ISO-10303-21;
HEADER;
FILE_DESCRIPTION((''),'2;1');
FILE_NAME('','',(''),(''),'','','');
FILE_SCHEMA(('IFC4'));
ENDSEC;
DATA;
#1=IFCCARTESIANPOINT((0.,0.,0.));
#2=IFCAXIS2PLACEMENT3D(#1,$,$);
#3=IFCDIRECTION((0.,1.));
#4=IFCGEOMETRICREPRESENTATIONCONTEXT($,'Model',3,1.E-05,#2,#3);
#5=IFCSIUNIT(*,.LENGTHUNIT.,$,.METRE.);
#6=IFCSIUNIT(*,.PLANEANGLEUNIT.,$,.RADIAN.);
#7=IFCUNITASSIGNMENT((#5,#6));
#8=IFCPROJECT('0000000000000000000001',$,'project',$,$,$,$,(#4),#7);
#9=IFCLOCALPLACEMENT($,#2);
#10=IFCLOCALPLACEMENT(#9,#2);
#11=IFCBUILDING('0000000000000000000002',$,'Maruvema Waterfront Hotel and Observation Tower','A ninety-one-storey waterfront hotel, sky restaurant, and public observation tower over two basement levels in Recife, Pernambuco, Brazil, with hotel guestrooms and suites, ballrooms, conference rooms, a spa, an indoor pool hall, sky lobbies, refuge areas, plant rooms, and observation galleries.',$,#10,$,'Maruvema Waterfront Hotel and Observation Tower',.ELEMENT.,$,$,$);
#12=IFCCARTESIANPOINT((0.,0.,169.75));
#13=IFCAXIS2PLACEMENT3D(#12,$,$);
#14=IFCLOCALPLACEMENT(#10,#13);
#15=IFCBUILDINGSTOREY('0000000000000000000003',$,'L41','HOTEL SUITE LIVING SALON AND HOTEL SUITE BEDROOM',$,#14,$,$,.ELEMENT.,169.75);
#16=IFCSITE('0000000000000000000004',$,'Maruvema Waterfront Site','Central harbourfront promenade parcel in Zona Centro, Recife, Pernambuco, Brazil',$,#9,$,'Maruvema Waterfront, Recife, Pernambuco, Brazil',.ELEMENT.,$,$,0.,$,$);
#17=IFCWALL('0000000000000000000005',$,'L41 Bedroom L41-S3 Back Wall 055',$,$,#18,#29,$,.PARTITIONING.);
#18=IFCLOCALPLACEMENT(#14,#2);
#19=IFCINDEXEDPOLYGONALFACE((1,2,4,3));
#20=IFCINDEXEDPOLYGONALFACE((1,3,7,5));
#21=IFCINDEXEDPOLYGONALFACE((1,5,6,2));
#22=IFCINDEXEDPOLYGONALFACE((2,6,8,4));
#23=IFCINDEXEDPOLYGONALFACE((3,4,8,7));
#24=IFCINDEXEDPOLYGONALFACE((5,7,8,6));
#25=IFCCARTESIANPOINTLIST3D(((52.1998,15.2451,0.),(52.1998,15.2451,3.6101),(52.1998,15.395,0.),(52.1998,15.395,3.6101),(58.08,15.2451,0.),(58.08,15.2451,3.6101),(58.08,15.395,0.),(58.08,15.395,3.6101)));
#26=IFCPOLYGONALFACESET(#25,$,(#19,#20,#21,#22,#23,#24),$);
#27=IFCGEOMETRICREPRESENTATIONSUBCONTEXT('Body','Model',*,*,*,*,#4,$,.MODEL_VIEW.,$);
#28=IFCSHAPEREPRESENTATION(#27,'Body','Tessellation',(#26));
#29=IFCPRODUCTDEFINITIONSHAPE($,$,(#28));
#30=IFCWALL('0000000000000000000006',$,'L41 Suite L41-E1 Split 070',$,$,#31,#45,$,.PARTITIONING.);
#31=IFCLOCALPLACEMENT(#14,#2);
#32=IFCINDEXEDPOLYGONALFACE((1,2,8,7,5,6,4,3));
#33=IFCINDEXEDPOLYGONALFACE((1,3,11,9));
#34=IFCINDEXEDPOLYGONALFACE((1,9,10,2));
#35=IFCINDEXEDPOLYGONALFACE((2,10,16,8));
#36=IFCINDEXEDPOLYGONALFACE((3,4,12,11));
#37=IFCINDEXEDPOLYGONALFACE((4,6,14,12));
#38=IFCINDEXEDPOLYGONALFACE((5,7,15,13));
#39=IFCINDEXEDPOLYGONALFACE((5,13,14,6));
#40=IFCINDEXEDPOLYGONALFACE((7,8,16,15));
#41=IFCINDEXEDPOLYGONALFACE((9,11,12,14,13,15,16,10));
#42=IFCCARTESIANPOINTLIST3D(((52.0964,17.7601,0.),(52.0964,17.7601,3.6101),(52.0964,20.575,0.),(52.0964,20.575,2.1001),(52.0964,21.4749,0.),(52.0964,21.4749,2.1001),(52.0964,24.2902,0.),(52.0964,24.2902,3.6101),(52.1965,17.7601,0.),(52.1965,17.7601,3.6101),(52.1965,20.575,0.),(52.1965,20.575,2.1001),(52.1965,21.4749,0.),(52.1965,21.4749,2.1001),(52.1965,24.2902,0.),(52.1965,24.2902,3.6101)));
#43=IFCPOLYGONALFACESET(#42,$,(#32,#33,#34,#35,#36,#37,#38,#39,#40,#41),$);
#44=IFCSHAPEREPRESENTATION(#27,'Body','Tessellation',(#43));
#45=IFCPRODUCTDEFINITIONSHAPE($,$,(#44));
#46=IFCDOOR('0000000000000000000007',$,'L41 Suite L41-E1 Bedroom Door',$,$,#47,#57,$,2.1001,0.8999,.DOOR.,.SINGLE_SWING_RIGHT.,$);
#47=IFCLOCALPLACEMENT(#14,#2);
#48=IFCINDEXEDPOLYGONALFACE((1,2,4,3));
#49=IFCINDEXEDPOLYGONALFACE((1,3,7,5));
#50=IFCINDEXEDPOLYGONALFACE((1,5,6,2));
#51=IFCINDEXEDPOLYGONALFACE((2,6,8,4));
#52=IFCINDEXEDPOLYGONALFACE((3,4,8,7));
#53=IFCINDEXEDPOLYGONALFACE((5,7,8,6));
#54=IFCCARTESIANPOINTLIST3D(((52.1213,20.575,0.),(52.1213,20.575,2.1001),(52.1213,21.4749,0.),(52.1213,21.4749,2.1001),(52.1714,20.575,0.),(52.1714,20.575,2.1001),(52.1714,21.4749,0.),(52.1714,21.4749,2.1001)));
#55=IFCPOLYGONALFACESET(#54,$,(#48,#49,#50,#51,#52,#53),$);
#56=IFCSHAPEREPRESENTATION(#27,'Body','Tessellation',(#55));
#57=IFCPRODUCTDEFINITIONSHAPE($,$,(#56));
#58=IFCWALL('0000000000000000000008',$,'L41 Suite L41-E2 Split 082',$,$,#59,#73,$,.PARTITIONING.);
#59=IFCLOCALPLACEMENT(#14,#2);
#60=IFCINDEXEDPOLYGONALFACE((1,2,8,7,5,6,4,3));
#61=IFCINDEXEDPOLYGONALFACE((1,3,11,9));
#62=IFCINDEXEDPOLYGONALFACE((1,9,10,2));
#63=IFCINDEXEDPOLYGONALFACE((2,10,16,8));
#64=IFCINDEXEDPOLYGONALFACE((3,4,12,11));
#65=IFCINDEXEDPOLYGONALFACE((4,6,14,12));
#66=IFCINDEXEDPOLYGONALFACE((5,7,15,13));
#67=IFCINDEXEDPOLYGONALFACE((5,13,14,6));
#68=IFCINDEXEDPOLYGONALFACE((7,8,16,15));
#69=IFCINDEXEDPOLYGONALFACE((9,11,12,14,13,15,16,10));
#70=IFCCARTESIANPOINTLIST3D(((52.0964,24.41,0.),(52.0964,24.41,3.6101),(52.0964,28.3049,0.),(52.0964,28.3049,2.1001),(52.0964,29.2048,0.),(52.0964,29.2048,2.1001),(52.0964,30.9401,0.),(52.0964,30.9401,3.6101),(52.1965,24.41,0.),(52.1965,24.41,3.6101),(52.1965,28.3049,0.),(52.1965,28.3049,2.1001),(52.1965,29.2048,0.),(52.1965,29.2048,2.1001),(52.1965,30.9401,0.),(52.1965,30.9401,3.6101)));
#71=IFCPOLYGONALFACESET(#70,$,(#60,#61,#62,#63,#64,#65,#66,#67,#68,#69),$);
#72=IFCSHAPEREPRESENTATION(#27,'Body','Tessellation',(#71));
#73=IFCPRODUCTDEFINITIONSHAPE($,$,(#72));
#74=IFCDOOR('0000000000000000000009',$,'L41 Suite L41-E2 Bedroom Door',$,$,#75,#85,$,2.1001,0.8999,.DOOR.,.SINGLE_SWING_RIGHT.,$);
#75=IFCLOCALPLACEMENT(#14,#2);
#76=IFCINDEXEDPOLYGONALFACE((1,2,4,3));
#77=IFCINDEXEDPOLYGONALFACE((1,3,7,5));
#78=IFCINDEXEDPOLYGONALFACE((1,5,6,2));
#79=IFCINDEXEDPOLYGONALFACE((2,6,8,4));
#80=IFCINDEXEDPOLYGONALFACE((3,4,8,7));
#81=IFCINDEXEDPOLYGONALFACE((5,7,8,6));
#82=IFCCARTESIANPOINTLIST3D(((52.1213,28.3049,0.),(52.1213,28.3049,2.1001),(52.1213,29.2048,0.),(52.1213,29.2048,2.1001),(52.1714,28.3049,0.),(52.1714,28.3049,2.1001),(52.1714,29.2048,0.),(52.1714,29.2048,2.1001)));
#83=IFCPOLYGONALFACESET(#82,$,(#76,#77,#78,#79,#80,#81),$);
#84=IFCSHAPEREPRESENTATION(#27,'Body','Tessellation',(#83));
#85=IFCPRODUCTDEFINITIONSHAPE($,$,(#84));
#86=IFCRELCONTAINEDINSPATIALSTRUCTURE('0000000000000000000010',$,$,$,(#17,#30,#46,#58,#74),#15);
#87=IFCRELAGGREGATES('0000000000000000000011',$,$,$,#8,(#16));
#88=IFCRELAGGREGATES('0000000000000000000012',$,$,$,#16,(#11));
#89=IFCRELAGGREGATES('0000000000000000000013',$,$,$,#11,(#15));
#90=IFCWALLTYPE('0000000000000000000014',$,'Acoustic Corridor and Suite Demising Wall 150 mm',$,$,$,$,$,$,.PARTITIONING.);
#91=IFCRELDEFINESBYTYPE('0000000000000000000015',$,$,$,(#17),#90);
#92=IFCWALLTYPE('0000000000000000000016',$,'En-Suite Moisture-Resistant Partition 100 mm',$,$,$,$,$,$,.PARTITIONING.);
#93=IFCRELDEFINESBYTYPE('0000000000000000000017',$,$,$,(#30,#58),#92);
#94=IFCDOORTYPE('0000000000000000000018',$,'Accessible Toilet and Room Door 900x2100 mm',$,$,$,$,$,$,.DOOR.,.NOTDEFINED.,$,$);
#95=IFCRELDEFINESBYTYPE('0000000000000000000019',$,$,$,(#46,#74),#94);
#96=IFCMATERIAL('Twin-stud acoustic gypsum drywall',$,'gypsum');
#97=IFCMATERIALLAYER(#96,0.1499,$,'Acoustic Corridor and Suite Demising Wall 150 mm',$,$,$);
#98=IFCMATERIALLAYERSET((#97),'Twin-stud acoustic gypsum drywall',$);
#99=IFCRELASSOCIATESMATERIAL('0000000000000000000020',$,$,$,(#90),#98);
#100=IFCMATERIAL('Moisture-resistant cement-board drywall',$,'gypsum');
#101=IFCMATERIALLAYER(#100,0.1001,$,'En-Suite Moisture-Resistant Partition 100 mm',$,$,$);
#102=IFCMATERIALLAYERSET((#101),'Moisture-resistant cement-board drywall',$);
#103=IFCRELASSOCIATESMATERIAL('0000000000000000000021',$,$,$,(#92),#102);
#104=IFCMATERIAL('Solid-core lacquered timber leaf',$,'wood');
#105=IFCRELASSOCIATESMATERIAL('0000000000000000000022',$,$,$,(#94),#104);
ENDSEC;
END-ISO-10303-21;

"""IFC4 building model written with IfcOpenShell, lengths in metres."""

from ifc_helpers import new_model, si_unit, direction, frame, frame_2d, origin, place, context, subcontext, project, spatial, rectangle, extrude, material, layer, layer_set, type_object, element, fill, save


model = new_model("IFC4")

# Units and contexts
model_context = context("Model", 3, precision=1e-05, world=origin(), true_north=direction((0.0, 1.0)))
body_context = subcontext(model_context, "Body", "Model", "MODEL_VIEW")
ifc_project = project(units=[si_unit("LENGTHUNIT", "METRE"), si_unit("PLANEANGLEUNIT", "RADIAN")], contexts=[model_context])

# Site, building, storey
site_placement = place(None, origin())
site = spatial("IfcSite", under=ifc_project, at=site_placement, Name="Maruvema Waterfront Site", Description="Central harbourfront promenade parcel in Zona Centro, Recife, Pernambuco, Brazil", LongName="Maruvema Waterfront, Recife, Pernambuco, Brazil", CompositionType="ELEMENT", RefElevation=0.0)
building_placement = place(site_placement, origin())
building = spatial("IfcBuilding", under=site, at=building_placement, Name="Maruvema Waterfront Hotel and Observation Tower", Description="A ninety-one-storey waterfront hotel, sky restaurant, and public observation tower over two basement levels in Recife, Pernambuco, Brazil, with hotel guestrooms and suites, ballrooms, conference rooms, a spa, an indoor pool hall, sky lobbies, refuge areas, plant rooms, and observation galleries.", LongName="Maruvema Waterfront Hotel and Observation Tower", CompositionType="ELEMENT")
storey_placement = place(building_placement, frame((0.0, 0.0, 169.75)))
storey = spatial("IfcBuildingStorey", under=building, at=storey_placement, Name="L41", Description="HOTEL SUITE LIVING SALON AND HOTEL SUITE BEDROOM", CompositionType="ELEMENT", Elevation=169.75)

# Shared definitions
ifc_material_1 = material(Name="Twin-stud acoustic gypsum drywall", Category="gypsum")
ifc_layer_1 = layer(ifc_material_1, 0.1499, Name="Acoustic Corridor and Suite Demising Wall 150 mm")
ifc_layer_set_1 = layer_set([ifc_layer_1], Name="Twin-stud acoustic gypsum drywall")
wall_type_1 = type_object("IfcWallType", Name="Acoustic Corridor and Suite Demising Wall 150 mm", PredefinedType="PARTITIONING", material=ifc_layer_set_1)

# Wall
wall_1_placement = place(storey_placement, frame((52.2, 15.3201, 0.0), z_axis=(0.0, 0.0, 1.0), x_axis=(1.0, 0.0, 0.0)))
element("IfcWall", 1, at=wall_1_placement, inside=storey, type_object=wall_type_1, Name="L41 Bedroom L41-S3 Back Wall 055", PredefinedType="PARTITIONING", context=body_context, shape_type="SweptSolid", body=[
    extrude(rectangle(XDim=5.8801, YDim=0.1499, at=frame_2d((2.9399, 0.0))), origin(), (0.0, 0.0, 1.0), 3.6101),
])

# Walls, openings, doors
ifc_material_2 = material(Name="Moisture-resistant cement-board drywall", Category="gypsum")
ifc_layer_2 = layer(ifc_material_2, 0.1001, Name="En-Suite Moisture-Resistant Partition 100 mm")
ifc_layer_set_2 = layer_set([ifc_layer_2], Name="Moisture-resistant cement-board drywall")
wall_type_2 = type_object("IfcWallType", Name="En-Suite Moisture-Resistant Partition 100 mm", PredefinedType="PARTITIONING", material=ifc_layer_set_2)
wall_2_placement = place(storey_placement, frame((52.1465, 17.76, 0.0), z_axis=(0.0, 0.0, 1.0), x_axis=(0.0, 1.0, 0.0)))
wall_2 = element("IfcWall", 2, at=wall_2_placement, inside=storey, type_object=wall_type_2, Name="L41 Suite L41-E1 Split 070", PredefinedType="PARTITIONING", context=body_context, shape_type="SweptSolid", body=[
    extrude(rectangle(XDim=6.53, YDim=0.1001, at=frame_2d((3.2651, 0.0))), origin(), (0.0, 0.0, 1.0), 3.6101),
])
opening_1_placement = place(wall_2_placement, frame((2.8149, 0.0, 0.0)))
opening_1 = element("IfcOpeningElement", 3, at=opening_1_placement, cuts=wall_2, PredefinedType="OPENING", context=body_context, shape_type="SweptSolid", body=[
    extrude(rectangle(XDim=0.8999, YDim=2.1001, at=frame_2d((0.45, 1.05))), frame((0.0, 0.0601, 0.0), z_axis=(0.0, -1.0, 0.0), x_axis=(1.0, 0.0, 0.0)), (0.0, 0.0, 1.0), 0.1201),
])
ifc_material_3 = material(Name="Solid-core lacquered timber leaf", Category="wood")
door_type_1 = type_object("IfcDoorType", Name="Accessible Toilet and Room Door 900x2100 mm", OperationType="NOTDEFINED", PredefinedType="DOOR", material=ifc_material_3)
door_1_placement = place(opening_1_placement, frame((0.8999, 0.0, 0.0), z_axis=(0.0, 0.0, 1.0), x_axis=(-1.0, 0.0, 0.0)))
door_1 = element("IfcDoor", 4, at=door_1_placement, inside=storey, type_object=door_type_1, Name="L41 Suite L41-E1 Bedroom Door", OperationType="SINGLE_SWING_RIGHT", OverallHeight=2.1001, OverallWidth=0.8999, PredefinedType="DOOR", context=body_context, shape_type="SweptSolid", body=[
    extrude(rectangle(XDim=0.8999, YDim=2.1001, at=frame_2d((0.45, 1.05))), frame((0.0, 0.0249, 0.0), z_axis=(0.0, -1.0, 0.0), x_axis=(1.0, 0.0, 0.0)), (0.0, 0.0, 1.0), 0.05),
])
fill(opening_1, door_1)
wall_3_placement = place(storey_placement, frame((52.1465, 24.4099, 0.0), z_axis=(0.0, 0.0, 1.0), x_axis=(0.0, 1.0, 0.0)))
wall_3 = element("IfcWall", 5, at=wall_3_placement, inside=storey, type_object=wall_type_2, Name="L41 Suite L41-E2 Split 082", PredefinedType="PARTITIONING", context=body_context, shape_type="SweptSolid", body=[
    extrude(rectangle(XDim=6.53, YDim=0.1001, at=frame_2d((3.2651, 0.0))), origin(), (0.0, 0.0, 1.0), 3.6101),
])
opening_2_placement = place(wall_3_placement, frame((3.895, 0.0, 0.0)))
opening_2 = element("IfcOpeningElement", 6, at=opening_2_placement, cuts=wall_3, PredefinedType="OPENING", context=body_context, shape_type="SweptSolid", body=[
    extrude(rectangle(XDim=0.8999, YDim=2.1001, at=frame_2d((0.45, 1.05))), frame((0.0, 0.0601, 0.0), z_axis=(0.0, -1.0, 0.0), x_axis=(1.0, 0.0, 0.0)), (0.0, 0.0, 1.0), 0.1201),
])
door_2_placement = place(opening_2_placement, frame((0.8999, 0.0, 0.0), z_axis=(0.0, 0.0, 1.0), x_axis=(-1.0, 0.0, 0.0)))
door_2 = element("IfcDoor", 7, at=door_2_placement, inside=storey, type_object=door_type_1, Name="L41 Suite L41-E2 Bedroom Door", OperationType="SINGLE_SWING_RIGHT", OverallHeight=2.1001, OverallWidth=0.8999, PredefinedType="DOOR", context=body_context, shape_type="SweptSolid", body=[
    extrude(rectangle(XDim=0.8999, YDim=2.1001, at=frame_2d((0.45, 1.05))), frame((0.0, 0.0249, 0.0), z_axis=(0.0, -1.0, 0.0), x_axis=(1.0, 0.0, 0.0)), (0.0, 0.0, 1.0), 0.05),
])
fill(opening_2, door_2)

save(model, "model.ifc")
